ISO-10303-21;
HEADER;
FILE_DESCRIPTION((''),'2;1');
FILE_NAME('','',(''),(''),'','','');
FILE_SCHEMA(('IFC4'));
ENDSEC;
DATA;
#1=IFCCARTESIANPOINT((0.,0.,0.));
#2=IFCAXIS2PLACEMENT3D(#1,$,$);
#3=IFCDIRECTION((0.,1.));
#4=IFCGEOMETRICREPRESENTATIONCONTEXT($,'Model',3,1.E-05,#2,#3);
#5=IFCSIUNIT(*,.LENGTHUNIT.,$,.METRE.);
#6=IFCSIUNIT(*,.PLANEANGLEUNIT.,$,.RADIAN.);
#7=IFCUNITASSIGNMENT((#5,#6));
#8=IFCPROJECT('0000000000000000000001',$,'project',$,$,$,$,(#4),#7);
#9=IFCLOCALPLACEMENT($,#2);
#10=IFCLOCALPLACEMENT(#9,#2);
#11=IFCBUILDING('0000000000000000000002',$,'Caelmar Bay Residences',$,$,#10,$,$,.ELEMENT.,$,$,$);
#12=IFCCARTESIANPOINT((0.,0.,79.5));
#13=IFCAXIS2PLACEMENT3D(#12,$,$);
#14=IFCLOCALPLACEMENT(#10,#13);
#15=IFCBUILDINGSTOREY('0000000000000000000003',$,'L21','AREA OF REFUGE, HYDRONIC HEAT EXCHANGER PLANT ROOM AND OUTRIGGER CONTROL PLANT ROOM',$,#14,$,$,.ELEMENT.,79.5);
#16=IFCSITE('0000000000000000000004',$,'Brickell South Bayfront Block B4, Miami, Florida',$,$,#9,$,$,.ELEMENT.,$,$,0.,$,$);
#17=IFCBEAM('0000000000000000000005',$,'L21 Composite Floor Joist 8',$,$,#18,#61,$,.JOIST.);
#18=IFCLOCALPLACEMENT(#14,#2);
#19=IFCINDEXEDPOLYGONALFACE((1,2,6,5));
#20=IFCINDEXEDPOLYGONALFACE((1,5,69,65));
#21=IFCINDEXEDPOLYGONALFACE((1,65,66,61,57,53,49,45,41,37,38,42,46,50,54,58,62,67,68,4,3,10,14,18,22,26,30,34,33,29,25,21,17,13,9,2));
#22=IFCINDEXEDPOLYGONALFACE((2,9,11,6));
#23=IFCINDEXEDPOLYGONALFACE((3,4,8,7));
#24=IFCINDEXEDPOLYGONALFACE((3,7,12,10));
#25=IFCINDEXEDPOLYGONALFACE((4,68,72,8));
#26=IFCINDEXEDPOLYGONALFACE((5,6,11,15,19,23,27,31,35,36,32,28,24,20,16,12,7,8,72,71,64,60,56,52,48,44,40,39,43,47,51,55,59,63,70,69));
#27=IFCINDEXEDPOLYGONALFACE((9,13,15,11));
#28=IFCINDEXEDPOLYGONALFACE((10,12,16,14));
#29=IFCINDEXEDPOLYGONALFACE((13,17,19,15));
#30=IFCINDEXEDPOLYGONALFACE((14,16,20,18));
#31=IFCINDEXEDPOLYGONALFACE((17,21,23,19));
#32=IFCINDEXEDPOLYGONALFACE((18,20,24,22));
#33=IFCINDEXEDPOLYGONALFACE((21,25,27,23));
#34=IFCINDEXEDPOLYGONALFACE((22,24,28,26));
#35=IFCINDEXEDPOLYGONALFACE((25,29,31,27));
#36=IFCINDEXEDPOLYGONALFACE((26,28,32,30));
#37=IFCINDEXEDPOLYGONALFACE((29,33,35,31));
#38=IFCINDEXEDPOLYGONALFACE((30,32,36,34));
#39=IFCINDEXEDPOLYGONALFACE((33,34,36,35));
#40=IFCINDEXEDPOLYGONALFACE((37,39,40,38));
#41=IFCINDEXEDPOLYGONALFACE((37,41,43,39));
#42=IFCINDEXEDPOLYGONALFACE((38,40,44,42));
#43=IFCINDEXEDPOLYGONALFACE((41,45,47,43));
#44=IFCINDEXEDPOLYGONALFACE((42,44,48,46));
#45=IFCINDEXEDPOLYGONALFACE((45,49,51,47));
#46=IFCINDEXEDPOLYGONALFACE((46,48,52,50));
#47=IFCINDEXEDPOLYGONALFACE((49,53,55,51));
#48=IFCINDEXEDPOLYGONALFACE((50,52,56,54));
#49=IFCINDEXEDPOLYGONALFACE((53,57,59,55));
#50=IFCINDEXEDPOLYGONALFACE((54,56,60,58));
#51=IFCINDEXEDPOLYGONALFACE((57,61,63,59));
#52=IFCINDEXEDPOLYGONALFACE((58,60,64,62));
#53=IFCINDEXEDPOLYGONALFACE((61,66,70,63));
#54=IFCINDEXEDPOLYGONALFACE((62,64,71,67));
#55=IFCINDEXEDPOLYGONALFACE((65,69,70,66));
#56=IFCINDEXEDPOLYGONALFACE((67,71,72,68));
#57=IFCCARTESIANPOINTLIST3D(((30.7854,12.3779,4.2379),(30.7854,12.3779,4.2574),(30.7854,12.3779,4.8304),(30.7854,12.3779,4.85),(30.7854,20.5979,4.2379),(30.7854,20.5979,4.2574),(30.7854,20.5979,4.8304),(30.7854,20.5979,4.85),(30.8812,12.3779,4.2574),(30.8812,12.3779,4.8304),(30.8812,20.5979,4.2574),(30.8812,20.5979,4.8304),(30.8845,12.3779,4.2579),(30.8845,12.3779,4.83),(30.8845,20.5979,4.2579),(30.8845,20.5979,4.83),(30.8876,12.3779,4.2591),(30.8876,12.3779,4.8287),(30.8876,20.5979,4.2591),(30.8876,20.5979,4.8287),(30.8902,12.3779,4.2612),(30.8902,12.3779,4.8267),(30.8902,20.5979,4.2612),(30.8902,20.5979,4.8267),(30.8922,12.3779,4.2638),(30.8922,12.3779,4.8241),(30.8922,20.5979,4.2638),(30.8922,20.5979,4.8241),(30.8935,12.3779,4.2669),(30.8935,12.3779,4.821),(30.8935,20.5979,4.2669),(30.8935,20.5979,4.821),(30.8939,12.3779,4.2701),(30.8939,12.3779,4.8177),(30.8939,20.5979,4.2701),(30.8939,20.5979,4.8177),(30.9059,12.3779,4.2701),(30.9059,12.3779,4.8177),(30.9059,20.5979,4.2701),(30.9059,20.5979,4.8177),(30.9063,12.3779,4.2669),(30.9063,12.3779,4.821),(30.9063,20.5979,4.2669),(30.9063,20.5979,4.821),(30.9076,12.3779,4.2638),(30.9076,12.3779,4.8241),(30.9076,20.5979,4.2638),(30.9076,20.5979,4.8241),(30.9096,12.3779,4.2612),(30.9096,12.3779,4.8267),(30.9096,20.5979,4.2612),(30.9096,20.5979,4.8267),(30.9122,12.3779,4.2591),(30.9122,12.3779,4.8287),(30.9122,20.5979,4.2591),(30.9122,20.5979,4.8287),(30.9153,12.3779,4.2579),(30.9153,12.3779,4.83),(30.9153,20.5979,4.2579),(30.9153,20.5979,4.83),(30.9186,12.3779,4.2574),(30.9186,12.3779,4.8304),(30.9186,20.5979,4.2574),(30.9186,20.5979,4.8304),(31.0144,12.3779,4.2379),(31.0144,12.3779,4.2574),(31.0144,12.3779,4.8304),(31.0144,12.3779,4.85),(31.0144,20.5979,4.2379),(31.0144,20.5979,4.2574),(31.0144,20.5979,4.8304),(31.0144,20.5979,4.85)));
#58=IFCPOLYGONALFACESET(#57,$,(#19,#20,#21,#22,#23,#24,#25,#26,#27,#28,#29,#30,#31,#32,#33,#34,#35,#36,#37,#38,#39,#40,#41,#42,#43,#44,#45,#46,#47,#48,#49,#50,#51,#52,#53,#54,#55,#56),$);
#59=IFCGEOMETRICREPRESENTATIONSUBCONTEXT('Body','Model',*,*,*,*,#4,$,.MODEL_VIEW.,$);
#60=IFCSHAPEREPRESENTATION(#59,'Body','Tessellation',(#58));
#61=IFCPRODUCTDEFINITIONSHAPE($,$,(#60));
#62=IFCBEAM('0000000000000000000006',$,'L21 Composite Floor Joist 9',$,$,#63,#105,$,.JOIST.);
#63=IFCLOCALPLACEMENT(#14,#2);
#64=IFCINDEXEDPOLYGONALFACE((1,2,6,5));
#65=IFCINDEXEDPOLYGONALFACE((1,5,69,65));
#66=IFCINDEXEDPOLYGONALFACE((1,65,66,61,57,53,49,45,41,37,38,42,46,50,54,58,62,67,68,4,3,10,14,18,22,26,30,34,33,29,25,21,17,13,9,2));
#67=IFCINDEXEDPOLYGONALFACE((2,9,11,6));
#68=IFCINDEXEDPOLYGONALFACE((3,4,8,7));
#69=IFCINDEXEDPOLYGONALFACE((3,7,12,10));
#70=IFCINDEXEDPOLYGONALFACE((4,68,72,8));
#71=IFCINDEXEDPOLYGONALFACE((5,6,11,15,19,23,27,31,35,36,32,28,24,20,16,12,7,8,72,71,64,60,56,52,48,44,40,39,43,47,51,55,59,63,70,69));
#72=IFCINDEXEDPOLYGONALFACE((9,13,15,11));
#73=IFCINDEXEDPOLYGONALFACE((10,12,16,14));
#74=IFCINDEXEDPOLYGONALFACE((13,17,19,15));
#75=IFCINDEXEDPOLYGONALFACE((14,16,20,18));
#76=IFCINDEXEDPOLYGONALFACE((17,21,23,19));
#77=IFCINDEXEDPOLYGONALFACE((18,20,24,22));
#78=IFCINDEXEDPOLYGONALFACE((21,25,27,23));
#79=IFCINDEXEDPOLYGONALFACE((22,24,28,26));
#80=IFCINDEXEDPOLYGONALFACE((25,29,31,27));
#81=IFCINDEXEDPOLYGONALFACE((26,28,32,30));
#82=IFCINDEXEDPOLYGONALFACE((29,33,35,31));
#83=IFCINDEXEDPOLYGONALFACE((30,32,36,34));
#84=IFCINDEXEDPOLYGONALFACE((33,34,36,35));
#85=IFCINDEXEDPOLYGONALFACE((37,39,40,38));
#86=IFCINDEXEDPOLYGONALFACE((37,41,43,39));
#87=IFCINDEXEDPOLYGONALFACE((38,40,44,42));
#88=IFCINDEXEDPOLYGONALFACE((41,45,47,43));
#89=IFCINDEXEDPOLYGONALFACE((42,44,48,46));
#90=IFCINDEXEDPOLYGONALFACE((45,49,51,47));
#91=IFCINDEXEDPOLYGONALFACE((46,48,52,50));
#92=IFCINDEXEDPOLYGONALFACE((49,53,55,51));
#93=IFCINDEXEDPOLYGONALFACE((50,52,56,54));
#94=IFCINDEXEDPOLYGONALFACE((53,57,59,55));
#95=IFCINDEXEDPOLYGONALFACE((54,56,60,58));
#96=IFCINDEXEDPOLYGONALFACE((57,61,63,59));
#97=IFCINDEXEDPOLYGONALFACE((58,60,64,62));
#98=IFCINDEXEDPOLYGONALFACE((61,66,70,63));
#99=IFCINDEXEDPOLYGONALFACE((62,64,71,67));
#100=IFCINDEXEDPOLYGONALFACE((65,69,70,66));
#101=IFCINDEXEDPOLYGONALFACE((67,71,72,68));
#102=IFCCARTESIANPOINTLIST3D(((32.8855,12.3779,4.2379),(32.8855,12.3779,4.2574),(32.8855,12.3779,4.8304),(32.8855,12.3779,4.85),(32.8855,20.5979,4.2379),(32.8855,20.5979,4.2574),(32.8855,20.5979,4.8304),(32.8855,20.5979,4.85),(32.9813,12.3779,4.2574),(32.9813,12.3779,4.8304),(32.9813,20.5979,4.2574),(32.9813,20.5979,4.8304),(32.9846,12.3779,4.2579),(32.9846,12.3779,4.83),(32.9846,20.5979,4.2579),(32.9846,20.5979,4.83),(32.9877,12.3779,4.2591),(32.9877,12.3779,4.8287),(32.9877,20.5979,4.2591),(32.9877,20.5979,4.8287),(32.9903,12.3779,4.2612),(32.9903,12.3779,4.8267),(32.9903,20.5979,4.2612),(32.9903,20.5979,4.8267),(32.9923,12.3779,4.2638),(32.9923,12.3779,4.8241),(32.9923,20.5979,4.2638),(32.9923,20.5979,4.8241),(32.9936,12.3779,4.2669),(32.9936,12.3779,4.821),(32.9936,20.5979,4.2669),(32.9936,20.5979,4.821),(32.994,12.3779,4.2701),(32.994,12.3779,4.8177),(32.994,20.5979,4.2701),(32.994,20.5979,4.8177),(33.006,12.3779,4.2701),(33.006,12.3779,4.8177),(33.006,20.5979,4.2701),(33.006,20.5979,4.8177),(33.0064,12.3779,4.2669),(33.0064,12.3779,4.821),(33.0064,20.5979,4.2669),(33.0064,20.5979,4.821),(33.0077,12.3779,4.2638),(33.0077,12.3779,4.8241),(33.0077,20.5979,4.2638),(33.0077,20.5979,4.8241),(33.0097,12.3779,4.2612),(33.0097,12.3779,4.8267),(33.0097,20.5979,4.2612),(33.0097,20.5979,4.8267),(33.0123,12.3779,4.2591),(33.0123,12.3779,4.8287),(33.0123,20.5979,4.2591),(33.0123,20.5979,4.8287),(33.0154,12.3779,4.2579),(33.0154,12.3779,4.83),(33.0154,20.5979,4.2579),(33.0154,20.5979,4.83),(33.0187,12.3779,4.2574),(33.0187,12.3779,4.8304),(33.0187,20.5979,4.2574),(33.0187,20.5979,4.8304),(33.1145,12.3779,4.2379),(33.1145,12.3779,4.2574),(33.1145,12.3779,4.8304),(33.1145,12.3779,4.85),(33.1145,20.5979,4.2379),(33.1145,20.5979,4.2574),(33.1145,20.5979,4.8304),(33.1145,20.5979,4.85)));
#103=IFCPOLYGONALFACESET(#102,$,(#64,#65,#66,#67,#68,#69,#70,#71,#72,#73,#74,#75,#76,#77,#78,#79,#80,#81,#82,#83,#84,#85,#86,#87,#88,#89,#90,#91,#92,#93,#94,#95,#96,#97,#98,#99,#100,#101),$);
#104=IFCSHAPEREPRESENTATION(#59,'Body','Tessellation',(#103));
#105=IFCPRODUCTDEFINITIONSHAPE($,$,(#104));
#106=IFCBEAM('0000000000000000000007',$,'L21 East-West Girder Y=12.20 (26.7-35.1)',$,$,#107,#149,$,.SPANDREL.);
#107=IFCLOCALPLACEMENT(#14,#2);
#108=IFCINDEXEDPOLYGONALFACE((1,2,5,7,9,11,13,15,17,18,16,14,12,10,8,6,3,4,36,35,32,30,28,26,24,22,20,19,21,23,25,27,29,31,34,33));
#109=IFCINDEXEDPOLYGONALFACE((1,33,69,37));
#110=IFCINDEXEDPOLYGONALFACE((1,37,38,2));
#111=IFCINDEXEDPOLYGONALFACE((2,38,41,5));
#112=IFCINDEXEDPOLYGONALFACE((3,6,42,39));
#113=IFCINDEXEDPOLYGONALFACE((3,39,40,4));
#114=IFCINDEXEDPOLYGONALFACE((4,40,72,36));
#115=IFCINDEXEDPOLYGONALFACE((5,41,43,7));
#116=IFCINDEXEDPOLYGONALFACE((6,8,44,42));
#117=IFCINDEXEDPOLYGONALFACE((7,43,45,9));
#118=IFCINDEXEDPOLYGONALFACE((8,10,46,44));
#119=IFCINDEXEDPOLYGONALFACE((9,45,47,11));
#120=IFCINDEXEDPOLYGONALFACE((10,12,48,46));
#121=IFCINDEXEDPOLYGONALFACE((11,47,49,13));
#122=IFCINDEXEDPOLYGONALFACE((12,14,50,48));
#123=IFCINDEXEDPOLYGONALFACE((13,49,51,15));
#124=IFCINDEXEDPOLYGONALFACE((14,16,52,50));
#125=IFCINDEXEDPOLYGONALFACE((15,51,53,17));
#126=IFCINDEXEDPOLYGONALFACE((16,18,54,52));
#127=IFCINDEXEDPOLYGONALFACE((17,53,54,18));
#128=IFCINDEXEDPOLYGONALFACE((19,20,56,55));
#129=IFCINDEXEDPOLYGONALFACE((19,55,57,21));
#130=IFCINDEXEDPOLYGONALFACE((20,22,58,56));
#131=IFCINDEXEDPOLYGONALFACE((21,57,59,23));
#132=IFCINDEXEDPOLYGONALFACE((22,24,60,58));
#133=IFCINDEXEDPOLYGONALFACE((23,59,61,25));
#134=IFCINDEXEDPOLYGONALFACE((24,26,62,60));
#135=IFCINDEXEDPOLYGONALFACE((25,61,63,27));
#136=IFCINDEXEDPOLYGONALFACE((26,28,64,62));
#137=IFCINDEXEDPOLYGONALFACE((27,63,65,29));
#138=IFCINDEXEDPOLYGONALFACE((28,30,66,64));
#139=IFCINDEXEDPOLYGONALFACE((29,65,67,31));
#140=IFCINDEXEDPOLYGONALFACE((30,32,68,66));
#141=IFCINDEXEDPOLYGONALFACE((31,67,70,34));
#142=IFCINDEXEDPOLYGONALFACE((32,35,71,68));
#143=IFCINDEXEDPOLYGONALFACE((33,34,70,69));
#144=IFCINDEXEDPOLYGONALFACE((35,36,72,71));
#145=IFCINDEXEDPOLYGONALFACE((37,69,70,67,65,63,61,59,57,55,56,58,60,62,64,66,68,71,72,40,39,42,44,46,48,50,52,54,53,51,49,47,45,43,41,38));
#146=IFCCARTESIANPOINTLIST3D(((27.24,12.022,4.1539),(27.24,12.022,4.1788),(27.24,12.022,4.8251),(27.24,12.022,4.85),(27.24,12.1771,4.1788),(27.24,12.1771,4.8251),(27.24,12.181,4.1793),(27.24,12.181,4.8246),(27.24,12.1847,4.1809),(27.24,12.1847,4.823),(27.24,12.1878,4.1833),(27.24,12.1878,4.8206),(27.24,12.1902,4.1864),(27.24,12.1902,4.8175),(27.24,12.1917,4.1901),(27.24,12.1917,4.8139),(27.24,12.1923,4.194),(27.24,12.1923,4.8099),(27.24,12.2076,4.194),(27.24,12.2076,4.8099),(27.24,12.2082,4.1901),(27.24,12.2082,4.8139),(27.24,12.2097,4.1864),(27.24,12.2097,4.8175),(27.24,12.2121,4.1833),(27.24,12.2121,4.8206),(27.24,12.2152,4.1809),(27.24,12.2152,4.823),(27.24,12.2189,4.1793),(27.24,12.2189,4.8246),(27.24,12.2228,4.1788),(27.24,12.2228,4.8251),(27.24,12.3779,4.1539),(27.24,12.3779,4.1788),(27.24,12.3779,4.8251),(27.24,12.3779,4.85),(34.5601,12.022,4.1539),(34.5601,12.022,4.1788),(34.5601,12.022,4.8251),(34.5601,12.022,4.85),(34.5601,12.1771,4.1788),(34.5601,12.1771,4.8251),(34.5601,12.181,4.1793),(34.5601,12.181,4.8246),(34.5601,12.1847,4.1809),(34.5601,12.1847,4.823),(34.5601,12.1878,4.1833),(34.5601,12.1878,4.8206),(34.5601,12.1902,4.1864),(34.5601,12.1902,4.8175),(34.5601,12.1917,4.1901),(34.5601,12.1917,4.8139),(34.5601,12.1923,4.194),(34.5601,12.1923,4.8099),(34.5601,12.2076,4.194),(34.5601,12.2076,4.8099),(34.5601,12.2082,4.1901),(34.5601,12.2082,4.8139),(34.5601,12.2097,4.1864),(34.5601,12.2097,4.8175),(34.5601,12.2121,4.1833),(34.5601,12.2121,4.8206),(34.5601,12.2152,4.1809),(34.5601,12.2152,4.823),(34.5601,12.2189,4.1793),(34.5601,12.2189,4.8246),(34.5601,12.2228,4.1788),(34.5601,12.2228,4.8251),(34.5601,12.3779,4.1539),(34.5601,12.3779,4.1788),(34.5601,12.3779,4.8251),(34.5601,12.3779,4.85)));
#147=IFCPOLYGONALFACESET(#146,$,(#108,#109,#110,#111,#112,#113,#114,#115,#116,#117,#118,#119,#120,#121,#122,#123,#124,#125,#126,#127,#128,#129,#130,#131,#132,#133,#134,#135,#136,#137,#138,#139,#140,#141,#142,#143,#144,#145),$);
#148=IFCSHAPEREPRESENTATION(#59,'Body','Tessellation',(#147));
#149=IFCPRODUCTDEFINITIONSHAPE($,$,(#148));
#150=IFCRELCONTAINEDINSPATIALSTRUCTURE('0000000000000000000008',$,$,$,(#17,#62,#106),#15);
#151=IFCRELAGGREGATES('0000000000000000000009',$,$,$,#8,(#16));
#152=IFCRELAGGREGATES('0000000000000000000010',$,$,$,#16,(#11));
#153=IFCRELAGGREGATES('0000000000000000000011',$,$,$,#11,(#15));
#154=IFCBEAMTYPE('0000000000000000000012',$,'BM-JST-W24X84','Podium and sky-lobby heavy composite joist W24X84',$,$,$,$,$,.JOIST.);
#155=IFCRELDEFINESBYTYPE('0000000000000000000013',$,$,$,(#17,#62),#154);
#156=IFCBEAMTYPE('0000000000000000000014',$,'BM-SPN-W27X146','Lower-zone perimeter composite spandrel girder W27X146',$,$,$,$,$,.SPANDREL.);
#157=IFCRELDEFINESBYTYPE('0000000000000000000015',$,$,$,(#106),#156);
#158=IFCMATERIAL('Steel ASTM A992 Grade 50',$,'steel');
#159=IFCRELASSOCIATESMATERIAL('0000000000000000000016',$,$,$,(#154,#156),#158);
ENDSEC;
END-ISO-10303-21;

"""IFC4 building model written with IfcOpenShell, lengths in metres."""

from ifc_helpers import new_model, si_unit, direction, frame, origin, origin_2d, place, context, subcontext, project, spatial, i_section, extrude, material, material_profile, profile_set, type_object, element, save


model = new_model("IFC4")

# Units and contexts
model_context = context("Model", 3, precision=1e-05, world=origin(), true_north=direction((0.0, 1.0)))
body_context = subcontext(model_context, "Body", "Model", "MODEL_VIEW")
ifc_project = project(units=[si_unit("LENGTHUNIT", "METRE"), si_unit("PLANEANGLEUNIT", "RADIAN")], contexts=[model_context])

# Site, building, storey
site_placement = place(None, origin())
site = spatial("IfcSite", under=ifc_project, at=site_placement, Name="Brickell South Bayfront Block B4, Miami, Florida", CompositionType="ELEMENT", RefElevation=0.0)
building_placement = place(site_placement, origin())
building = spatial("IfcBuilding", under=site, at=building_placement, Name="Caelmar Bay Residences", CompositionType="ELEMENT")
storey_placement = place(building_placement, frame((0.0, 0.0, 79.5)))
storey = spatial("IfcBuildingStorey", under=building, at=storey_placement, Name="L21", Description="AREA OF REFUGE, HYDRONIC HEAT EXCHANGER PLANT ROOM AND OUTRIGGER CONTROL PLANT ROOM", CompositionType="ELEMENT", Elevation=79.5)

# Beams
ifc_material_1 = material(Name="Steel ASTM A992 Grade 50", Category="steel")
ifc_material_profile_1 = material_profile(ifc_material_1, i_section(OverallWidth=0.229, OverallDepth=0.6121, WebThickness=0.012, FlangeThickness=0.0195, FilletRadius=0.0127, at=origin_2d()), Name="W24X84")
ifc_profile_set_1 = profile_set([ifc_material_profile_1], Name="Steel ASTM A992 Grade 50")
beam_type_1 = type_object("IfcBeamType", Name="BM-JST-W24X84", Description="Podium and sky-lobby heavy composite joist W24X84", PredefinedType="JOIST", material=ifc_profile_set_1)
for number, where, z_axis, x_axis, name in (
    (1, (30.8999, 12.3779, 4.5439), (0.0, 1.0, 0.0), (-1.0, 0.0, 0.0), "L21 Composite Floor Joist 8"),
    (2, (33.0, 12.3779, 4.5439), (0.0, 1.0, 0.0), (-1.0, 0.0, 0.0), "L21 Composite Floor Joist 9"),
):
    element("IfcBeam", number, at=place(storey_placement, frame(where, z_axis=z_axis, x_axis=x_axis)), inside=storey, type_object=beam_type_1, Name=name, PredefinedType="JOIST", context=body_context, shape_type="SweptSolid", body=[
        extrude(i_section(OverallWidth=0.229, OverallDepth=0.6121, WebThickness=0.012, FlangeThickness=0.0195, FilletRadius=0.0127, at=origin_2d()), origin(), (0.0, 0.0, 1.0), 8.22),
    ])
ifc_material_profile_2 = material_profile(ifc_material_1, i_section(OverallWidth=0.356, OverallDepth=0.696, WebThickness=0.0154, FlangeThickness=0.0249, FilletRadius=0.0151, at=origin_2d()), Name="W27X146")
ifc_profile_set_2 = profile_set([ifc_material_profile_2], Name="Steel ASTM A992 Grade 50")
beam_type_2 = type_object("IfcBeamType", Name="BM-SPN-W27X146", Description="Lower-zone perimeter composite spandrel girder W27X146", PredefinedType="SPANDREL", material=ifc_profile_set_2)
beam_1_placement = place(storey_placement, frame((27.24, 12.2, 4.502), z_axis=(1.0, 0.0, 0.0), x_axis=(0.0, 1.0, 0.0)))
element("IfcBeam", 3, at=beam_1_placement, inside=storey, type_object=beam_type_2, Name="L21 East-West Girder Y=12.20 (26.7-35.1)", PredefinedType="SPANDREL", context=body_context, shape_type="SweptSolid", body=[
    extrude(i_section(OverallWidth=0.356, OverallDepth=0.696, WebThickness=0.0154, FlangeThickness=0.0249, FilletRadius=0.0151, at=origin_2d()), origin(), (0.0, 0.0, 1.0), 7.3201),
])

save(model, "model.ifc")
